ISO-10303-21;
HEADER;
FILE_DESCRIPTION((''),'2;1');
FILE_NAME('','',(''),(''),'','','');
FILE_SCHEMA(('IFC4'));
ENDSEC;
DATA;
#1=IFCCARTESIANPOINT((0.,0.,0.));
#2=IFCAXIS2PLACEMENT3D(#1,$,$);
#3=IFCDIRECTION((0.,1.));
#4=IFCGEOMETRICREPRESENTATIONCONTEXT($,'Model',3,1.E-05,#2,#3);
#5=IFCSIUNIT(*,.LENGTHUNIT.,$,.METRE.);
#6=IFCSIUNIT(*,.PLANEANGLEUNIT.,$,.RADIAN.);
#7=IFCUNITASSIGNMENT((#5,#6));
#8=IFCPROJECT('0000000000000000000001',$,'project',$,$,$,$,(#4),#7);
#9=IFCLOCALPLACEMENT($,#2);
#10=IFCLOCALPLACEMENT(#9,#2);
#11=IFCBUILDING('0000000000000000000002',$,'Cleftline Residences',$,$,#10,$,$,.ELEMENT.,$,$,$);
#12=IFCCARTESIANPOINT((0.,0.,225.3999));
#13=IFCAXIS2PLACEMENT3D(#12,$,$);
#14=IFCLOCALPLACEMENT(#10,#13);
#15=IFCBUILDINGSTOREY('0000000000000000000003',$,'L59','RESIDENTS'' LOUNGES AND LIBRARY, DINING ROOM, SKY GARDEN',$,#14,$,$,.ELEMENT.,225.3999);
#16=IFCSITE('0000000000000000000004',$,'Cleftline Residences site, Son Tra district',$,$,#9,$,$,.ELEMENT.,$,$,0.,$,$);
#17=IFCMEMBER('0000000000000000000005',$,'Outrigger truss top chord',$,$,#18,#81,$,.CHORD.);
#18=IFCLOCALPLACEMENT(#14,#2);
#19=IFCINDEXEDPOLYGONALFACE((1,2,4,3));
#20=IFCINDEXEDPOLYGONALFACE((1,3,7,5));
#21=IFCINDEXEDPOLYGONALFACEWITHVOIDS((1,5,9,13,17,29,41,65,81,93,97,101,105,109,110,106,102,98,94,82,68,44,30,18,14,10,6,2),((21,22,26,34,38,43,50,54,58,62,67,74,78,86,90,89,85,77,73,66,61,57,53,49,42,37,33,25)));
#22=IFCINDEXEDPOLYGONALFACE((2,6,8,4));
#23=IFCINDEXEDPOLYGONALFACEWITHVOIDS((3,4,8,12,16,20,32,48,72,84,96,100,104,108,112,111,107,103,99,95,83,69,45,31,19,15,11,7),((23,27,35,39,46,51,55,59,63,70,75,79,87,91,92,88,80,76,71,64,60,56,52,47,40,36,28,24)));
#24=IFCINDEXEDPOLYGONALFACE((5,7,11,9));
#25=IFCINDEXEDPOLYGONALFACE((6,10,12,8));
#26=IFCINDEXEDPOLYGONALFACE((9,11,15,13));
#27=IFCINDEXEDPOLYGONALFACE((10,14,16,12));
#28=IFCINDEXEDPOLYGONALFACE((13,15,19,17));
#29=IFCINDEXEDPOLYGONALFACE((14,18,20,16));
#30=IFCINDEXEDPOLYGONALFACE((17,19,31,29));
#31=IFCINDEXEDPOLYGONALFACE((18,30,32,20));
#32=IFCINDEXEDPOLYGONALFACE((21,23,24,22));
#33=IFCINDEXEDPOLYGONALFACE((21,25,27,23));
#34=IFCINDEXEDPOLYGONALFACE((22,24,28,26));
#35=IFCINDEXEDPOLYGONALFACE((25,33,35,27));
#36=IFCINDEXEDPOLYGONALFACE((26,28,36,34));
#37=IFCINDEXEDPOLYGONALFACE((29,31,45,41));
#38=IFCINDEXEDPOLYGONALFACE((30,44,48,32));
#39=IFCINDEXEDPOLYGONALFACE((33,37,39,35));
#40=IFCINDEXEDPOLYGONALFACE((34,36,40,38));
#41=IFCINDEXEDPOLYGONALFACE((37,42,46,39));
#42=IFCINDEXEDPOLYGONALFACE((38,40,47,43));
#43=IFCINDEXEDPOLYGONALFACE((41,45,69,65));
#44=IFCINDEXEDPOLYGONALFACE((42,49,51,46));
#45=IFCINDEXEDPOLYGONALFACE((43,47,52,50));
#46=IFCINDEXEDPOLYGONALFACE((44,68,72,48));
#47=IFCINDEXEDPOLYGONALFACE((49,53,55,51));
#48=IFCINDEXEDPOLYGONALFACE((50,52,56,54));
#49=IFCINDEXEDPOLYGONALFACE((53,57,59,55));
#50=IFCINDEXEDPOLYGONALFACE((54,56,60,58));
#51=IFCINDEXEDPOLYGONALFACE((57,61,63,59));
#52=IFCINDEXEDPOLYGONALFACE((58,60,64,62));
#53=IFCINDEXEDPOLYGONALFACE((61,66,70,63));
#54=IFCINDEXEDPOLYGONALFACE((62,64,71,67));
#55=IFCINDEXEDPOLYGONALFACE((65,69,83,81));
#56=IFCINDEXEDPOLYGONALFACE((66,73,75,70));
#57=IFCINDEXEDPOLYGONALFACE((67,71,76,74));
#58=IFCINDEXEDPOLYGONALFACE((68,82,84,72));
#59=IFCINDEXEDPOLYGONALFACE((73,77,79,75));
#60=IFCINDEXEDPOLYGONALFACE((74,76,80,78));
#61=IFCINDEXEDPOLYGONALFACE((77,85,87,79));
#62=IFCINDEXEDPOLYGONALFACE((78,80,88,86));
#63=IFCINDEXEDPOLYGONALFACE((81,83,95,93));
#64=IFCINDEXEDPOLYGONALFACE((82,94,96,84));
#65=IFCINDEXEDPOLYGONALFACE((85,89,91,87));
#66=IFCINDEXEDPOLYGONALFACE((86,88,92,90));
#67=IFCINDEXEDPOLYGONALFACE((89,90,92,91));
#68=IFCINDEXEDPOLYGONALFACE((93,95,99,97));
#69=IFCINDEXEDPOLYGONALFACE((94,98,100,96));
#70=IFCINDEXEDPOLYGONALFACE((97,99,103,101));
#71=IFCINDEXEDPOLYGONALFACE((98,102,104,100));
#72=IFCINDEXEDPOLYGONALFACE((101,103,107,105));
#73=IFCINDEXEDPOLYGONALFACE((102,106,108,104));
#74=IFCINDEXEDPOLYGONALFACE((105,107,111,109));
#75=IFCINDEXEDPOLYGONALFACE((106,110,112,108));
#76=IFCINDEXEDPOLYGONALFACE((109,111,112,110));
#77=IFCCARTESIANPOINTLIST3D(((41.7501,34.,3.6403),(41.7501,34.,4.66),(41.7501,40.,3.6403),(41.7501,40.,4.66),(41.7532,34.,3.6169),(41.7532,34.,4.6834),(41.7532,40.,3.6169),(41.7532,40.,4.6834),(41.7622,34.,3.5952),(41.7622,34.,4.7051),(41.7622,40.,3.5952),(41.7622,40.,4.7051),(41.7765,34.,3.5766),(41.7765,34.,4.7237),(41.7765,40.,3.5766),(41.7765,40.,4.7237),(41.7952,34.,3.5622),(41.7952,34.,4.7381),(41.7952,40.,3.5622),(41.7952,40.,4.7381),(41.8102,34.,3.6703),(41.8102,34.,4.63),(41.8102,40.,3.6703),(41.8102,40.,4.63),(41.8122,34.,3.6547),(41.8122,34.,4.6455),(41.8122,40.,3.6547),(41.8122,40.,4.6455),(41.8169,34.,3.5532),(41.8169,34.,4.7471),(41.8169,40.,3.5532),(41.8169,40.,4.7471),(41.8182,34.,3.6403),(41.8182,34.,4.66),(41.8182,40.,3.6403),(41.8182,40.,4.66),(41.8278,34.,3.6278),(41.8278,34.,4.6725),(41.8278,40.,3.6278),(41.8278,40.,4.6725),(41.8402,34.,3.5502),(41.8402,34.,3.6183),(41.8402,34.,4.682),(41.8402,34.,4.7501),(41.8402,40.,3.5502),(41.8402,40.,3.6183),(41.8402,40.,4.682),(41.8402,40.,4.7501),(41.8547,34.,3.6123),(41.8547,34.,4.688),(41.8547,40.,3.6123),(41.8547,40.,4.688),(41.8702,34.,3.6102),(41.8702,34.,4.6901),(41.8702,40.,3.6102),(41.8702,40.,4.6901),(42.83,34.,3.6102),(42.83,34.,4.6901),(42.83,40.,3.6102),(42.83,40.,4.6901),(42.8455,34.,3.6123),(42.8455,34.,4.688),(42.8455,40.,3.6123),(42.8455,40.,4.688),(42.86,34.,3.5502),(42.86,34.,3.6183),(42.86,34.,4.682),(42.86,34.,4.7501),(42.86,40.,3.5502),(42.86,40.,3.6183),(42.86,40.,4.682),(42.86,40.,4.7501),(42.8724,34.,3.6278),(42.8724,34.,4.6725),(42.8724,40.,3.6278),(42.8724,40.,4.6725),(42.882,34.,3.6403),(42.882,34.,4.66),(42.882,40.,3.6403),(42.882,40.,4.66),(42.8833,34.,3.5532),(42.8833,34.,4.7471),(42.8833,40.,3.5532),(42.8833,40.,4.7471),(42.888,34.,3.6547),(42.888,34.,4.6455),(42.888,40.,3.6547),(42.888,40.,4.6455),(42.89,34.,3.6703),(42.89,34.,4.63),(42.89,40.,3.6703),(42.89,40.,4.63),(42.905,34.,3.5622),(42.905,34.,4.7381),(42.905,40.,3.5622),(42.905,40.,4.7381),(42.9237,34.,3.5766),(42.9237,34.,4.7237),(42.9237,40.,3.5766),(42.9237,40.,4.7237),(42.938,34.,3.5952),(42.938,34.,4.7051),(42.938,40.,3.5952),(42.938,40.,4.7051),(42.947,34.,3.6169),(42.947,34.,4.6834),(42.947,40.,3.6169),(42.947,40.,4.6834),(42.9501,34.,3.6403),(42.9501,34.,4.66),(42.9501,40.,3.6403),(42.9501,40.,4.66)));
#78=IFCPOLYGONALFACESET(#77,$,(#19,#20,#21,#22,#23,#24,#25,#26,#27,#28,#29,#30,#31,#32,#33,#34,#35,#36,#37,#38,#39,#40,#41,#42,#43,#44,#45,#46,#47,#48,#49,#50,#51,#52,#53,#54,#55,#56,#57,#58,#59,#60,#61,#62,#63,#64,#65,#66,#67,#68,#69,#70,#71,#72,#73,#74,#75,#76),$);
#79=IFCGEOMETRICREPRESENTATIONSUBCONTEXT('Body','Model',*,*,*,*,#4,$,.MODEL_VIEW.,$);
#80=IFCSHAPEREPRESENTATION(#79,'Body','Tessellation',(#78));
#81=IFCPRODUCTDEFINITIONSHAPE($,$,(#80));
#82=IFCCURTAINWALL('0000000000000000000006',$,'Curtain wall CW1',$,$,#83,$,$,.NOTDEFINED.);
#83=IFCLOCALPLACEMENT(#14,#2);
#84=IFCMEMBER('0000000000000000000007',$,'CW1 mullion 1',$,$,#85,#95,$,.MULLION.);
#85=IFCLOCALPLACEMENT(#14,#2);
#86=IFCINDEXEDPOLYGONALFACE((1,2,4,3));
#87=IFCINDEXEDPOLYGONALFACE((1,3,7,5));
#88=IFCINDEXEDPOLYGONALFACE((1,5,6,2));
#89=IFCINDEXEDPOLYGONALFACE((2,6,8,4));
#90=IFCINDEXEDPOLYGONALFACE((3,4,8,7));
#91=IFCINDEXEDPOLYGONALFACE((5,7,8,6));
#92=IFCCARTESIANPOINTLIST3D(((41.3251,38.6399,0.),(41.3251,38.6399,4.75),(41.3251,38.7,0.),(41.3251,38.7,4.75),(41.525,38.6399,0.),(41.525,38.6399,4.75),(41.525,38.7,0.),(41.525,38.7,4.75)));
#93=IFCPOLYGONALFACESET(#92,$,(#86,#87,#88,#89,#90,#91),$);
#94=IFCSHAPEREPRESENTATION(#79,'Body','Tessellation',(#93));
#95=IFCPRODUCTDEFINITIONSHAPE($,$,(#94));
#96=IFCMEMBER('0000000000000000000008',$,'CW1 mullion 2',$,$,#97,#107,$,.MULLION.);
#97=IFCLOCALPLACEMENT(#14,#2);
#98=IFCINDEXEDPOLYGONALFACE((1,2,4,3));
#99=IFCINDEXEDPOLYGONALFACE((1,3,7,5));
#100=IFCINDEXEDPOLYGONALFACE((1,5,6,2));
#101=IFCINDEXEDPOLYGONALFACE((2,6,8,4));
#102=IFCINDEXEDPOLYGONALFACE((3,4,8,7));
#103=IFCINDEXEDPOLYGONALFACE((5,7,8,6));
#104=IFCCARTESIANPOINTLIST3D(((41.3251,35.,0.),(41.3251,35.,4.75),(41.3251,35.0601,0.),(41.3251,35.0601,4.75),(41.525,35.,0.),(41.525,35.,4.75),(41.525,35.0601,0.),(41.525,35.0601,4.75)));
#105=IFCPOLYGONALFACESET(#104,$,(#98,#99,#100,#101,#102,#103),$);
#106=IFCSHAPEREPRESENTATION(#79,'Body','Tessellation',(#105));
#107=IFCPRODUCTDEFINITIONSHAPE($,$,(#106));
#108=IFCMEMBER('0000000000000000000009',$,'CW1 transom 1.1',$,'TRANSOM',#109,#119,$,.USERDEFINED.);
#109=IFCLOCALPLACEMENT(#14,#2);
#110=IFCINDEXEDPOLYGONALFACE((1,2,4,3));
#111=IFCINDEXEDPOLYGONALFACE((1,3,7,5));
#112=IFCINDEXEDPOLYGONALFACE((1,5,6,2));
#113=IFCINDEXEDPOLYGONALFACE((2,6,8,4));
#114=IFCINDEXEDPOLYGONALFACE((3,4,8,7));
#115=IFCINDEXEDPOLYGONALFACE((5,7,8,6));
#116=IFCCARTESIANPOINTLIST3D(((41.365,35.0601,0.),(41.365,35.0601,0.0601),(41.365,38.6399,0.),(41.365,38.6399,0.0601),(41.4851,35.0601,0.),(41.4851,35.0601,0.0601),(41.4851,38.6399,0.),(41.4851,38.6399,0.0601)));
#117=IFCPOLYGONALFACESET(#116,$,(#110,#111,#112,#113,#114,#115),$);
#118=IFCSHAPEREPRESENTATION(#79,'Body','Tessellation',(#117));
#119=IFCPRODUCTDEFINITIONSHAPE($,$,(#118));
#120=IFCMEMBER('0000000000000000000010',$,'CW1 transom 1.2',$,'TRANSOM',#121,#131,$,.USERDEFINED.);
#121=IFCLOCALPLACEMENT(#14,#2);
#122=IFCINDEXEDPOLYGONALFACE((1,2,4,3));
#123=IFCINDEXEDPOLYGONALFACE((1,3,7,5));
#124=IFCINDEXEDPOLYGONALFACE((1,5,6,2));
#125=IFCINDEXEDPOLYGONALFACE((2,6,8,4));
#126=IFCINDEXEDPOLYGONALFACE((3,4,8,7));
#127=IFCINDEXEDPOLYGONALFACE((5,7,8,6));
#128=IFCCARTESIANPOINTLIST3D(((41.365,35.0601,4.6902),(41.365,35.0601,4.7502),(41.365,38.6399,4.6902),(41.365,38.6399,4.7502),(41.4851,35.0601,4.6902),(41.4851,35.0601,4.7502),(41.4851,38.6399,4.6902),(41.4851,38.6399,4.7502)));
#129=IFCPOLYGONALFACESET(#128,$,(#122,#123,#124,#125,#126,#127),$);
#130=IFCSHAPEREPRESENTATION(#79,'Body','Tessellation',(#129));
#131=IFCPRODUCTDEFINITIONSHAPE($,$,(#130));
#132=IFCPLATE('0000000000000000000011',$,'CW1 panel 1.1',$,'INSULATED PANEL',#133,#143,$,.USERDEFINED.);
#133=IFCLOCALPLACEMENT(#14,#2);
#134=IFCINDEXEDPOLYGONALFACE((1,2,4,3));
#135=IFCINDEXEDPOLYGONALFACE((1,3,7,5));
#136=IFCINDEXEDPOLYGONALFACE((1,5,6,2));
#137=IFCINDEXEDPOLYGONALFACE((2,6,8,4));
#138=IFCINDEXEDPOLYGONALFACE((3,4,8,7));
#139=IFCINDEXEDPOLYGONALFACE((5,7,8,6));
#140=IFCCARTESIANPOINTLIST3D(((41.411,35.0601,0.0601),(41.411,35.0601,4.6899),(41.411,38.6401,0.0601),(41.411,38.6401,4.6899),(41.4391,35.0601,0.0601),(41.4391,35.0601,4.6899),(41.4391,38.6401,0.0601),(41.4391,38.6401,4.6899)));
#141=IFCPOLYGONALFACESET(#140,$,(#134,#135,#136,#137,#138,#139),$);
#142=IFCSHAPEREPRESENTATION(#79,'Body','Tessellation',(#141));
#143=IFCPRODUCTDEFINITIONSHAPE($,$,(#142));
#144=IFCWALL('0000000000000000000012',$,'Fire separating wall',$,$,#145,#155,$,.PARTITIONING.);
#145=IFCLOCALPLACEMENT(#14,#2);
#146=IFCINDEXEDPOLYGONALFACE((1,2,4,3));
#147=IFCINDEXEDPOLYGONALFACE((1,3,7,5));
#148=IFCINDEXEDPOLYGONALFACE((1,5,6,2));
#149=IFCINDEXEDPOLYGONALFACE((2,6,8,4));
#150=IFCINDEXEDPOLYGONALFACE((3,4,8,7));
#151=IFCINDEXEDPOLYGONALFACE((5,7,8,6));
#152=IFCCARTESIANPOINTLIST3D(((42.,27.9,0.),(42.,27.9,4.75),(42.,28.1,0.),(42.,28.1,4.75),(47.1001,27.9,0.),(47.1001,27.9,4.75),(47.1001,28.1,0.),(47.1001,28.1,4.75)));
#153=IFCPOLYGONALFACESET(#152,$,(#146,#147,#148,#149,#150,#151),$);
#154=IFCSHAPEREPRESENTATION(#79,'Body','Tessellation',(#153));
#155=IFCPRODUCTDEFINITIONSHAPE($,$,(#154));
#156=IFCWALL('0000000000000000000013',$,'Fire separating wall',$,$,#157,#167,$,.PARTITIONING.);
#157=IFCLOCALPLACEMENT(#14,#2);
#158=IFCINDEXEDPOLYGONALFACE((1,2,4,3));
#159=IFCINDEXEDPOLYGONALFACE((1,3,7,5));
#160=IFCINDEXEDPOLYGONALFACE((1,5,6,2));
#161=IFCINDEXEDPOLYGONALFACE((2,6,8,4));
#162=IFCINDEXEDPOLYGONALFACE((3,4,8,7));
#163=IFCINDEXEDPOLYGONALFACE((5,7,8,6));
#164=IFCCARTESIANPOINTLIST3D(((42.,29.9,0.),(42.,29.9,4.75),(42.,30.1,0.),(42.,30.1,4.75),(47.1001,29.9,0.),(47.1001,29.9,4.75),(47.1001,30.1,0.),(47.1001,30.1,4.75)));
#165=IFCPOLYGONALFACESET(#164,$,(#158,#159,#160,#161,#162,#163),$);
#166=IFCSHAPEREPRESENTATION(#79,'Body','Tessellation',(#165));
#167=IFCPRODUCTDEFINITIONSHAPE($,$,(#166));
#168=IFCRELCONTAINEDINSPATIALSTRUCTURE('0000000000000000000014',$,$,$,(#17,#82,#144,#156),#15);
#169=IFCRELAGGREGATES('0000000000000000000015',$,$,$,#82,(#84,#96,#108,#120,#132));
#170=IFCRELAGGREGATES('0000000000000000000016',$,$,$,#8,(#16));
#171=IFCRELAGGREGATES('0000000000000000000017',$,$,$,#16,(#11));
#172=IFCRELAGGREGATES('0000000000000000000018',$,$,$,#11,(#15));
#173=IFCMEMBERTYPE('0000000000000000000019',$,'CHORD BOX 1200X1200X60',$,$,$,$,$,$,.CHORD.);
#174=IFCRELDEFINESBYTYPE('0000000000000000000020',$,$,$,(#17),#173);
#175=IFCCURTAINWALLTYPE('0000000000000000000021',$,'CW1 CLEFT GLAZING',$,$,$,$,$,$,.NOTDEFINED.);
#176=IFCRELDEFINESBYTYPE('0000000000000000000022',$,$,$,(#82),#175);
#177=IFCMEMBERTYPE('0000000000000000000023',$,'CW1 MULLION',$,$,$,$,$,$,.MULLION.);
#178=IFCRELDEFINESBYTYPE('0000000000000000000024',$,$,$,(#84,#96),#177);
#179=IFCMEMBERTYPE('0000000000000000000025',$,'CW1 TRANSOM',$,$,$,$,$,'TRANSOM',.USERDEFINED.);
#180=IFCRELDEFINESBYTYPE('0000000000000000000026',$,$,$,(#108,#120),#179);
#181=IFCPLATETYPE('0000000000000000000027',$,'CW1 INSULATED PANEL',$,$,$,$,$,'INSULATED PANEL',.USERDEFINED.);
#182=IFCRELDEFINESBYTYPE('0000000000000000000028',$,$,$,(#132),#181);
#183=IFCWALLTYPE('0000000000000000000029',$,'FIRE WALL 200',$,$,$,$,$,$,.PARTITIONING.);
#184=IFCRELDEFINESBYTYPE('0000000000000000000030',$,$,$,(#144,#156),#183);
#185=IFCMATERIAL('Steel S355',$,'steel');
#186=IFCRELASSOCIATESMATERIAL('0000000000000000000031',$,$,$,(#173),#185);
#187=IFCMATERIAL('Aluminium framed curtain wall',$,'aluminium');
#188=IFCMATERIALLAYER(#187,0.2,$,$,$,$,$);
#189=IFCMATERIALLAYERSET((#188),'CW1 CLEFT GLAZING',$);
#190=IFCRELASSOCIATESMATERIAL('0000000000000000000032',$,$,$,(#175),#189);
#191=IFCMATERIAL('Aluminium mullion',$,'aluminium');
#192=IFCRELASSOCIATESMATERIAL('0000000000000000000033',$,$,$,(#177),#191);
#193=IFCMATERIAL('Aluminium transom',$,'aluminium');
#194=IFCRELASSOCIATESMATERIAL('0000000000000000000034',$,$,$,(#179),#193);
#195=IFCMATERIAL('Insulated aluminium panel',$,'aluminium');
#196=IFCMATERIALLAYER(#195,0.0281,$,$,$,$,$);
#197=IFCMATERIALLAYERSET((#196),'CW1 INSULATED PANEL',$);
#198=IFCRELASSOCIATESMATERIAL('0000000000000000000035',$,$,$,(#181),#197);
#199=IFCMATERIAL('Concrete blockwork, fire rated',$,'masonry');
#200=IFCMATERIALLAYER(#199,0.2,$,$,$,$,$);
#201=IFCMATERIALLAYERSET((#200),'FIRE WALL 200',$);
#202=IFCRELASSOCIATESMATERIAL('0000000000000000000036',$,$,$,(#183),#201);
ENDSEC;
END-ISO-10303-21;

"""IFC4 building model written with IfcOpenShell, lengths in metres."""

from ifc_helpers import new_model, si_unit, direction, frame, frame_2d, origin, origin_2d, place, context, subcontext, project, spatial, rectangle, hollow_rectangle, extrude, material, layer, layer_set, material_profile, profile_set, type_object, element, aggregate, save


model = new_model("IFC4")

# Units and contexts
model_context = context("Model", 3, precision=1e-05, world=origin(), true_north=direction((0.0, 1.0)))
body_context = subcontext(model_context, "Body", "Model", "MODEL_VIEW")
ifc_project = project(units=[si_unit("LENGTHUNIT", "METRE"), si_unit("PLANEANGLEUNIT", "RADIAN")], contexts=[model_context])

# Site, building, storey
site_placement = place(None, origin())
site = spatial("IfcSite", under=ifc_project, at=site_placement, Name="Cleftline Residences site, Son Tra district", CompositionType="ELEMENT", RefElevation=0.0)
building_placement = place(site_placement, origin())
building = spatial("IfcBuilding", under=site, at=building_placement, Name="Cleftline Residences", CompositionType="ELEMENT")
storey_placement = place(building_placement, frame((0.0, 0.0, 225.3999)))
storey = spatial("IfcBuildingStorey", under=building, at=storey_placement, Name="L59", Description="RESIDENTS' LOUNGES AND LIBRARY, DINING ROOM, SKY GARDEN", CompositionType="ELEMENT", Elevation=225.3999)

# Member
ifc_material_1 = material(Name="Steel S355", Category="steel")
ifc_material_profile_1 = material_profile(ifc_material_1, hollow_rectangle(XDim=1.2, YDim=1.2, WallThickness=0.0601, InnerFilletRadius=0.0601, OuterFilletRadius=0.0901, at=origin_2d()))
ifc_profile_set_1 = profile_set([ifc_material_profile_1], Name="Steel S355")
member_type_1 = type_object("IfcMemberType", Name="CHORD BOX 1200X1200X60", PredefinedType="CHORD", material=ifc_profile_set_1)
for number, where, z_axis, x_axis, name in (
    (1, (42.3501, 40.0, 4.1501), (0.0, -1.0, 0.0), (1.0, 0.0, 0.0), "Outrigger truss top chord"),
):
    element("IfcMember", number, at=place(storey_placement, frame(where, z_axis=z_axis, x_axis=x_axis)), inside=storey, type_object=member_type_1, Name=name, PredefinedType="CHORD", context=body_context, shape_type="SweptSolid", body=[
        extrude(hollow_rectangle(XDim=1.2, YDim=1.2, WallThickness=0.0601, InnerFilletRadius=0.0601, OuterFilletRadius=0.0901, at=origin_2d()), origin(), (0.0, 0.0, 1.0), 6.0),
    ])

# Curtain wall, members, plate
ifc_material_2 = material(Name="Aluminium framed curtain wall", Category="aluminium")
ifc_layer_1 = layer(ifc_material_2, 0.2)
ifc_layer_set_1 = layer_set([ifc_layer_1], Name="CW1 CLEFT GLAZING")
curtain_wall_type = type_object("IfcCurtainWallType", Name="CW1 CLEFT GLAZING", PredefinedType="NOTDEFINED", material=ifc_layer_set_1)
curtain_wall_placement = place(storey_placement, origin())
curtain_wall = element("IfcCurtainWall", 2, at=curtain_wall_placement, inside=storey, type_object=curtain_wall_type, Name="Curtain wall CW1", PredefinedType="NOTDEFINED")
ifc_material_3 = material(Name="Aluminium mullion", Category="aluminium")
ifc_material_profile_2 = material_profile(ifc_material_3, rectangle(XDim=0.2, YDim=0.0601, at=origin_2d()))
ifc_profile_set_2 = profile_set([ifc_material_profile_2], Name="Aluminium mullion")
member_type_2 = type_object("IfcMemberType", Name="CW1 MULLION", PredefinedType="MULLION", material=ifc_profile_set_2)
member_1_placement = place(storey_placement, frame((41.425, 38.6699, 0.0), z_axis=(0.0, 0.0, 1.0), x_axis=(1.0, 0.0, 0.0)))
member_1 = element("IfcMember", 3, at=member_1_placement, type_object=member_type_2, Name="CW1 mullion 1", PredefinedType="MULLION", context=body_context, shape_type="SweptSolid", body=[
    extrude(rectangle(XDim=0.2, YDim=0.0601, at=origin_2d()), origin(), (0.0, 0.0, 1.0), 4.75),
])
member_2_placement = place(storey_placement, frame((41.425, 35.03, 0.0), z_axis=(0.0, 0.0, 1.0), x_axis=(1.0, 0.0, 0.0)))
member_2 = element("IfcMember", 4, at=member_2_placement, type_object=member_type_2, Name="CW1 mullion 2", PredefinedType="MULLION", context=body_context, shape_type="SweptSolid", body=[
    extrude(rectangle(XDim=0.2, YDim=0.0601, at=origin_2d()), origin(), (0.0, 0.0, 1.0), 4.75),
])
ifc_material_4 = material(Name="Aluminium transom", Category="aluminium")
ifc_material_profile_3 = material_profile(ifc_material_4, rectangle(XDim=0.1201, YDim=0.0601, at=origin_2d()))
ifc_profile_set_3 = profile_set([ifc_material_profile_3], Name="Aluminium transom")
member_type_3 = type_object("IfcMemberType", Name="CW1 TRANSOM", ElementType="TRANSOM", PredefinedType="USERDEFINED", material=ifc_profile_set_3)
member_3_placement = place(storey_placement, frame((41.425, 38.6399, 0.03), z_axis=(0.0, -1.0, 0.0), x_axis=(1.0, 0.0, 0.0)))
member_3 = element("IfcMember", 5, at=member_3_placement, type_object=member_type_3, Name="CW1 transom 1.1", ObjectType="TRANSOM", PredefinedType="USERDEFINED", context=body_context, shape_type="SweptSolid", body=[
    extrude(rectangle(XDim=0.1201, YDim=0.0601, at=origin_2d()), origin(), (0.0, 0.0, 1.0), 3.5798),
])
member_4_placement = place(storey_placement, frame((41.425, 38.6399, 4.7202), z_axis=(0.0, -1.0, 0.0), x_axis=(1.0, 0.0, 0.0)))
member_4 = element("IfcMember", 6, at=member_4_placement, type_object=member_type_3, Name="CW1 transom 1.2", ObjectType="TRANSOM", PredefinedType="USERDEFINED", context=body_context, shape_type="SweptSolid", body=[
    extrude(rectangle(XDim=0.1201, YDim=0.0601, at=origin_2d()), origin(), (0.0, 0.0, 1.0), 3.5798),
])
ifc_material_5 = material(Name="Insulated aluminium panel", Category="aluminium")
ifc_layer_2 = layer(ifc_material_5, 0.0281)
ifc_layer_set_2 = layer_set([ifc_layer_2], Name="CW1 INSULATED PANEL")
plate_type = type_object("IfcPlateType", Name="CW1 INSULATED PANEL", ElementType="INSULATED PANEL", PredefinedType="USERDEFINED", material=ifc_layer_set_2)
plate_placement = place(storey_placement, frame((41.425, 36.8501, 0.0601), z_axis=(0.0, 0.0, 1.0), x_axis=(0.0, -1.0, 0.0)))
plate = element("IfcPlate", 7, at=plate_placement, type_object=plate_type, Name="CW1 panel 1.1", ObjectType="INSULATED PANEL", PredefinedType="USERDEFINED", context=body_context, shape_type="SweptSolid", body=[
    extrude(rectangle(XDim=3.5801, YDim=0.0281, at=origin_2d()), origin(), (0.0, 0.0, 1.0), 4.6299),
])
aggregate(curtain_wall, [member_1, member_2, member_3, member_4, plate])

# Walls
ifc_material_6 = material(Name="Concrete blockwork, fire rated", Category="masonry")
ifc_layer_3 = layer(ifc_material_6, 0.2)
ifc_layer_set_3 = layer_set([ifc_layer_3], Name="FIRE WALL 200")
wall_type_1 = type_object("IfcWallType", Name="FIRE WALL 200", PredefinedType="PARTITIONING", material=ifc_layer_set_3)
for number, where, z_axis, x_axis, name in (
    (8, (42.0, 28.0, 0.0), (0.0, 0.0, 1.0), (1.0, 0.0, 0.0), "Fire separating wall"),
    (9, (42.0, 30.0, 0.0), (0.0, 0.0, 1.0), (1.0, 0.0, 0.0), "Fire separating wall"),
):
    element("IfcWall", number, at=place(storey_placement, frame(where, z_axis=z_axis, x_axis=x_axis)), inside=storey, type_object=wall_type_1, Name=name, PredefinedType="PARTITIONING", context=body_context, shape_type="SweptSolid", body=[
        extrude(rectangle(XDim=5.1001, YDim=0.2, at=frame_2d((2.55, 0.0))), origin(), (0.0, 0.0, 1.0), 4.75),
    ])

save(model, "model.ifc")
